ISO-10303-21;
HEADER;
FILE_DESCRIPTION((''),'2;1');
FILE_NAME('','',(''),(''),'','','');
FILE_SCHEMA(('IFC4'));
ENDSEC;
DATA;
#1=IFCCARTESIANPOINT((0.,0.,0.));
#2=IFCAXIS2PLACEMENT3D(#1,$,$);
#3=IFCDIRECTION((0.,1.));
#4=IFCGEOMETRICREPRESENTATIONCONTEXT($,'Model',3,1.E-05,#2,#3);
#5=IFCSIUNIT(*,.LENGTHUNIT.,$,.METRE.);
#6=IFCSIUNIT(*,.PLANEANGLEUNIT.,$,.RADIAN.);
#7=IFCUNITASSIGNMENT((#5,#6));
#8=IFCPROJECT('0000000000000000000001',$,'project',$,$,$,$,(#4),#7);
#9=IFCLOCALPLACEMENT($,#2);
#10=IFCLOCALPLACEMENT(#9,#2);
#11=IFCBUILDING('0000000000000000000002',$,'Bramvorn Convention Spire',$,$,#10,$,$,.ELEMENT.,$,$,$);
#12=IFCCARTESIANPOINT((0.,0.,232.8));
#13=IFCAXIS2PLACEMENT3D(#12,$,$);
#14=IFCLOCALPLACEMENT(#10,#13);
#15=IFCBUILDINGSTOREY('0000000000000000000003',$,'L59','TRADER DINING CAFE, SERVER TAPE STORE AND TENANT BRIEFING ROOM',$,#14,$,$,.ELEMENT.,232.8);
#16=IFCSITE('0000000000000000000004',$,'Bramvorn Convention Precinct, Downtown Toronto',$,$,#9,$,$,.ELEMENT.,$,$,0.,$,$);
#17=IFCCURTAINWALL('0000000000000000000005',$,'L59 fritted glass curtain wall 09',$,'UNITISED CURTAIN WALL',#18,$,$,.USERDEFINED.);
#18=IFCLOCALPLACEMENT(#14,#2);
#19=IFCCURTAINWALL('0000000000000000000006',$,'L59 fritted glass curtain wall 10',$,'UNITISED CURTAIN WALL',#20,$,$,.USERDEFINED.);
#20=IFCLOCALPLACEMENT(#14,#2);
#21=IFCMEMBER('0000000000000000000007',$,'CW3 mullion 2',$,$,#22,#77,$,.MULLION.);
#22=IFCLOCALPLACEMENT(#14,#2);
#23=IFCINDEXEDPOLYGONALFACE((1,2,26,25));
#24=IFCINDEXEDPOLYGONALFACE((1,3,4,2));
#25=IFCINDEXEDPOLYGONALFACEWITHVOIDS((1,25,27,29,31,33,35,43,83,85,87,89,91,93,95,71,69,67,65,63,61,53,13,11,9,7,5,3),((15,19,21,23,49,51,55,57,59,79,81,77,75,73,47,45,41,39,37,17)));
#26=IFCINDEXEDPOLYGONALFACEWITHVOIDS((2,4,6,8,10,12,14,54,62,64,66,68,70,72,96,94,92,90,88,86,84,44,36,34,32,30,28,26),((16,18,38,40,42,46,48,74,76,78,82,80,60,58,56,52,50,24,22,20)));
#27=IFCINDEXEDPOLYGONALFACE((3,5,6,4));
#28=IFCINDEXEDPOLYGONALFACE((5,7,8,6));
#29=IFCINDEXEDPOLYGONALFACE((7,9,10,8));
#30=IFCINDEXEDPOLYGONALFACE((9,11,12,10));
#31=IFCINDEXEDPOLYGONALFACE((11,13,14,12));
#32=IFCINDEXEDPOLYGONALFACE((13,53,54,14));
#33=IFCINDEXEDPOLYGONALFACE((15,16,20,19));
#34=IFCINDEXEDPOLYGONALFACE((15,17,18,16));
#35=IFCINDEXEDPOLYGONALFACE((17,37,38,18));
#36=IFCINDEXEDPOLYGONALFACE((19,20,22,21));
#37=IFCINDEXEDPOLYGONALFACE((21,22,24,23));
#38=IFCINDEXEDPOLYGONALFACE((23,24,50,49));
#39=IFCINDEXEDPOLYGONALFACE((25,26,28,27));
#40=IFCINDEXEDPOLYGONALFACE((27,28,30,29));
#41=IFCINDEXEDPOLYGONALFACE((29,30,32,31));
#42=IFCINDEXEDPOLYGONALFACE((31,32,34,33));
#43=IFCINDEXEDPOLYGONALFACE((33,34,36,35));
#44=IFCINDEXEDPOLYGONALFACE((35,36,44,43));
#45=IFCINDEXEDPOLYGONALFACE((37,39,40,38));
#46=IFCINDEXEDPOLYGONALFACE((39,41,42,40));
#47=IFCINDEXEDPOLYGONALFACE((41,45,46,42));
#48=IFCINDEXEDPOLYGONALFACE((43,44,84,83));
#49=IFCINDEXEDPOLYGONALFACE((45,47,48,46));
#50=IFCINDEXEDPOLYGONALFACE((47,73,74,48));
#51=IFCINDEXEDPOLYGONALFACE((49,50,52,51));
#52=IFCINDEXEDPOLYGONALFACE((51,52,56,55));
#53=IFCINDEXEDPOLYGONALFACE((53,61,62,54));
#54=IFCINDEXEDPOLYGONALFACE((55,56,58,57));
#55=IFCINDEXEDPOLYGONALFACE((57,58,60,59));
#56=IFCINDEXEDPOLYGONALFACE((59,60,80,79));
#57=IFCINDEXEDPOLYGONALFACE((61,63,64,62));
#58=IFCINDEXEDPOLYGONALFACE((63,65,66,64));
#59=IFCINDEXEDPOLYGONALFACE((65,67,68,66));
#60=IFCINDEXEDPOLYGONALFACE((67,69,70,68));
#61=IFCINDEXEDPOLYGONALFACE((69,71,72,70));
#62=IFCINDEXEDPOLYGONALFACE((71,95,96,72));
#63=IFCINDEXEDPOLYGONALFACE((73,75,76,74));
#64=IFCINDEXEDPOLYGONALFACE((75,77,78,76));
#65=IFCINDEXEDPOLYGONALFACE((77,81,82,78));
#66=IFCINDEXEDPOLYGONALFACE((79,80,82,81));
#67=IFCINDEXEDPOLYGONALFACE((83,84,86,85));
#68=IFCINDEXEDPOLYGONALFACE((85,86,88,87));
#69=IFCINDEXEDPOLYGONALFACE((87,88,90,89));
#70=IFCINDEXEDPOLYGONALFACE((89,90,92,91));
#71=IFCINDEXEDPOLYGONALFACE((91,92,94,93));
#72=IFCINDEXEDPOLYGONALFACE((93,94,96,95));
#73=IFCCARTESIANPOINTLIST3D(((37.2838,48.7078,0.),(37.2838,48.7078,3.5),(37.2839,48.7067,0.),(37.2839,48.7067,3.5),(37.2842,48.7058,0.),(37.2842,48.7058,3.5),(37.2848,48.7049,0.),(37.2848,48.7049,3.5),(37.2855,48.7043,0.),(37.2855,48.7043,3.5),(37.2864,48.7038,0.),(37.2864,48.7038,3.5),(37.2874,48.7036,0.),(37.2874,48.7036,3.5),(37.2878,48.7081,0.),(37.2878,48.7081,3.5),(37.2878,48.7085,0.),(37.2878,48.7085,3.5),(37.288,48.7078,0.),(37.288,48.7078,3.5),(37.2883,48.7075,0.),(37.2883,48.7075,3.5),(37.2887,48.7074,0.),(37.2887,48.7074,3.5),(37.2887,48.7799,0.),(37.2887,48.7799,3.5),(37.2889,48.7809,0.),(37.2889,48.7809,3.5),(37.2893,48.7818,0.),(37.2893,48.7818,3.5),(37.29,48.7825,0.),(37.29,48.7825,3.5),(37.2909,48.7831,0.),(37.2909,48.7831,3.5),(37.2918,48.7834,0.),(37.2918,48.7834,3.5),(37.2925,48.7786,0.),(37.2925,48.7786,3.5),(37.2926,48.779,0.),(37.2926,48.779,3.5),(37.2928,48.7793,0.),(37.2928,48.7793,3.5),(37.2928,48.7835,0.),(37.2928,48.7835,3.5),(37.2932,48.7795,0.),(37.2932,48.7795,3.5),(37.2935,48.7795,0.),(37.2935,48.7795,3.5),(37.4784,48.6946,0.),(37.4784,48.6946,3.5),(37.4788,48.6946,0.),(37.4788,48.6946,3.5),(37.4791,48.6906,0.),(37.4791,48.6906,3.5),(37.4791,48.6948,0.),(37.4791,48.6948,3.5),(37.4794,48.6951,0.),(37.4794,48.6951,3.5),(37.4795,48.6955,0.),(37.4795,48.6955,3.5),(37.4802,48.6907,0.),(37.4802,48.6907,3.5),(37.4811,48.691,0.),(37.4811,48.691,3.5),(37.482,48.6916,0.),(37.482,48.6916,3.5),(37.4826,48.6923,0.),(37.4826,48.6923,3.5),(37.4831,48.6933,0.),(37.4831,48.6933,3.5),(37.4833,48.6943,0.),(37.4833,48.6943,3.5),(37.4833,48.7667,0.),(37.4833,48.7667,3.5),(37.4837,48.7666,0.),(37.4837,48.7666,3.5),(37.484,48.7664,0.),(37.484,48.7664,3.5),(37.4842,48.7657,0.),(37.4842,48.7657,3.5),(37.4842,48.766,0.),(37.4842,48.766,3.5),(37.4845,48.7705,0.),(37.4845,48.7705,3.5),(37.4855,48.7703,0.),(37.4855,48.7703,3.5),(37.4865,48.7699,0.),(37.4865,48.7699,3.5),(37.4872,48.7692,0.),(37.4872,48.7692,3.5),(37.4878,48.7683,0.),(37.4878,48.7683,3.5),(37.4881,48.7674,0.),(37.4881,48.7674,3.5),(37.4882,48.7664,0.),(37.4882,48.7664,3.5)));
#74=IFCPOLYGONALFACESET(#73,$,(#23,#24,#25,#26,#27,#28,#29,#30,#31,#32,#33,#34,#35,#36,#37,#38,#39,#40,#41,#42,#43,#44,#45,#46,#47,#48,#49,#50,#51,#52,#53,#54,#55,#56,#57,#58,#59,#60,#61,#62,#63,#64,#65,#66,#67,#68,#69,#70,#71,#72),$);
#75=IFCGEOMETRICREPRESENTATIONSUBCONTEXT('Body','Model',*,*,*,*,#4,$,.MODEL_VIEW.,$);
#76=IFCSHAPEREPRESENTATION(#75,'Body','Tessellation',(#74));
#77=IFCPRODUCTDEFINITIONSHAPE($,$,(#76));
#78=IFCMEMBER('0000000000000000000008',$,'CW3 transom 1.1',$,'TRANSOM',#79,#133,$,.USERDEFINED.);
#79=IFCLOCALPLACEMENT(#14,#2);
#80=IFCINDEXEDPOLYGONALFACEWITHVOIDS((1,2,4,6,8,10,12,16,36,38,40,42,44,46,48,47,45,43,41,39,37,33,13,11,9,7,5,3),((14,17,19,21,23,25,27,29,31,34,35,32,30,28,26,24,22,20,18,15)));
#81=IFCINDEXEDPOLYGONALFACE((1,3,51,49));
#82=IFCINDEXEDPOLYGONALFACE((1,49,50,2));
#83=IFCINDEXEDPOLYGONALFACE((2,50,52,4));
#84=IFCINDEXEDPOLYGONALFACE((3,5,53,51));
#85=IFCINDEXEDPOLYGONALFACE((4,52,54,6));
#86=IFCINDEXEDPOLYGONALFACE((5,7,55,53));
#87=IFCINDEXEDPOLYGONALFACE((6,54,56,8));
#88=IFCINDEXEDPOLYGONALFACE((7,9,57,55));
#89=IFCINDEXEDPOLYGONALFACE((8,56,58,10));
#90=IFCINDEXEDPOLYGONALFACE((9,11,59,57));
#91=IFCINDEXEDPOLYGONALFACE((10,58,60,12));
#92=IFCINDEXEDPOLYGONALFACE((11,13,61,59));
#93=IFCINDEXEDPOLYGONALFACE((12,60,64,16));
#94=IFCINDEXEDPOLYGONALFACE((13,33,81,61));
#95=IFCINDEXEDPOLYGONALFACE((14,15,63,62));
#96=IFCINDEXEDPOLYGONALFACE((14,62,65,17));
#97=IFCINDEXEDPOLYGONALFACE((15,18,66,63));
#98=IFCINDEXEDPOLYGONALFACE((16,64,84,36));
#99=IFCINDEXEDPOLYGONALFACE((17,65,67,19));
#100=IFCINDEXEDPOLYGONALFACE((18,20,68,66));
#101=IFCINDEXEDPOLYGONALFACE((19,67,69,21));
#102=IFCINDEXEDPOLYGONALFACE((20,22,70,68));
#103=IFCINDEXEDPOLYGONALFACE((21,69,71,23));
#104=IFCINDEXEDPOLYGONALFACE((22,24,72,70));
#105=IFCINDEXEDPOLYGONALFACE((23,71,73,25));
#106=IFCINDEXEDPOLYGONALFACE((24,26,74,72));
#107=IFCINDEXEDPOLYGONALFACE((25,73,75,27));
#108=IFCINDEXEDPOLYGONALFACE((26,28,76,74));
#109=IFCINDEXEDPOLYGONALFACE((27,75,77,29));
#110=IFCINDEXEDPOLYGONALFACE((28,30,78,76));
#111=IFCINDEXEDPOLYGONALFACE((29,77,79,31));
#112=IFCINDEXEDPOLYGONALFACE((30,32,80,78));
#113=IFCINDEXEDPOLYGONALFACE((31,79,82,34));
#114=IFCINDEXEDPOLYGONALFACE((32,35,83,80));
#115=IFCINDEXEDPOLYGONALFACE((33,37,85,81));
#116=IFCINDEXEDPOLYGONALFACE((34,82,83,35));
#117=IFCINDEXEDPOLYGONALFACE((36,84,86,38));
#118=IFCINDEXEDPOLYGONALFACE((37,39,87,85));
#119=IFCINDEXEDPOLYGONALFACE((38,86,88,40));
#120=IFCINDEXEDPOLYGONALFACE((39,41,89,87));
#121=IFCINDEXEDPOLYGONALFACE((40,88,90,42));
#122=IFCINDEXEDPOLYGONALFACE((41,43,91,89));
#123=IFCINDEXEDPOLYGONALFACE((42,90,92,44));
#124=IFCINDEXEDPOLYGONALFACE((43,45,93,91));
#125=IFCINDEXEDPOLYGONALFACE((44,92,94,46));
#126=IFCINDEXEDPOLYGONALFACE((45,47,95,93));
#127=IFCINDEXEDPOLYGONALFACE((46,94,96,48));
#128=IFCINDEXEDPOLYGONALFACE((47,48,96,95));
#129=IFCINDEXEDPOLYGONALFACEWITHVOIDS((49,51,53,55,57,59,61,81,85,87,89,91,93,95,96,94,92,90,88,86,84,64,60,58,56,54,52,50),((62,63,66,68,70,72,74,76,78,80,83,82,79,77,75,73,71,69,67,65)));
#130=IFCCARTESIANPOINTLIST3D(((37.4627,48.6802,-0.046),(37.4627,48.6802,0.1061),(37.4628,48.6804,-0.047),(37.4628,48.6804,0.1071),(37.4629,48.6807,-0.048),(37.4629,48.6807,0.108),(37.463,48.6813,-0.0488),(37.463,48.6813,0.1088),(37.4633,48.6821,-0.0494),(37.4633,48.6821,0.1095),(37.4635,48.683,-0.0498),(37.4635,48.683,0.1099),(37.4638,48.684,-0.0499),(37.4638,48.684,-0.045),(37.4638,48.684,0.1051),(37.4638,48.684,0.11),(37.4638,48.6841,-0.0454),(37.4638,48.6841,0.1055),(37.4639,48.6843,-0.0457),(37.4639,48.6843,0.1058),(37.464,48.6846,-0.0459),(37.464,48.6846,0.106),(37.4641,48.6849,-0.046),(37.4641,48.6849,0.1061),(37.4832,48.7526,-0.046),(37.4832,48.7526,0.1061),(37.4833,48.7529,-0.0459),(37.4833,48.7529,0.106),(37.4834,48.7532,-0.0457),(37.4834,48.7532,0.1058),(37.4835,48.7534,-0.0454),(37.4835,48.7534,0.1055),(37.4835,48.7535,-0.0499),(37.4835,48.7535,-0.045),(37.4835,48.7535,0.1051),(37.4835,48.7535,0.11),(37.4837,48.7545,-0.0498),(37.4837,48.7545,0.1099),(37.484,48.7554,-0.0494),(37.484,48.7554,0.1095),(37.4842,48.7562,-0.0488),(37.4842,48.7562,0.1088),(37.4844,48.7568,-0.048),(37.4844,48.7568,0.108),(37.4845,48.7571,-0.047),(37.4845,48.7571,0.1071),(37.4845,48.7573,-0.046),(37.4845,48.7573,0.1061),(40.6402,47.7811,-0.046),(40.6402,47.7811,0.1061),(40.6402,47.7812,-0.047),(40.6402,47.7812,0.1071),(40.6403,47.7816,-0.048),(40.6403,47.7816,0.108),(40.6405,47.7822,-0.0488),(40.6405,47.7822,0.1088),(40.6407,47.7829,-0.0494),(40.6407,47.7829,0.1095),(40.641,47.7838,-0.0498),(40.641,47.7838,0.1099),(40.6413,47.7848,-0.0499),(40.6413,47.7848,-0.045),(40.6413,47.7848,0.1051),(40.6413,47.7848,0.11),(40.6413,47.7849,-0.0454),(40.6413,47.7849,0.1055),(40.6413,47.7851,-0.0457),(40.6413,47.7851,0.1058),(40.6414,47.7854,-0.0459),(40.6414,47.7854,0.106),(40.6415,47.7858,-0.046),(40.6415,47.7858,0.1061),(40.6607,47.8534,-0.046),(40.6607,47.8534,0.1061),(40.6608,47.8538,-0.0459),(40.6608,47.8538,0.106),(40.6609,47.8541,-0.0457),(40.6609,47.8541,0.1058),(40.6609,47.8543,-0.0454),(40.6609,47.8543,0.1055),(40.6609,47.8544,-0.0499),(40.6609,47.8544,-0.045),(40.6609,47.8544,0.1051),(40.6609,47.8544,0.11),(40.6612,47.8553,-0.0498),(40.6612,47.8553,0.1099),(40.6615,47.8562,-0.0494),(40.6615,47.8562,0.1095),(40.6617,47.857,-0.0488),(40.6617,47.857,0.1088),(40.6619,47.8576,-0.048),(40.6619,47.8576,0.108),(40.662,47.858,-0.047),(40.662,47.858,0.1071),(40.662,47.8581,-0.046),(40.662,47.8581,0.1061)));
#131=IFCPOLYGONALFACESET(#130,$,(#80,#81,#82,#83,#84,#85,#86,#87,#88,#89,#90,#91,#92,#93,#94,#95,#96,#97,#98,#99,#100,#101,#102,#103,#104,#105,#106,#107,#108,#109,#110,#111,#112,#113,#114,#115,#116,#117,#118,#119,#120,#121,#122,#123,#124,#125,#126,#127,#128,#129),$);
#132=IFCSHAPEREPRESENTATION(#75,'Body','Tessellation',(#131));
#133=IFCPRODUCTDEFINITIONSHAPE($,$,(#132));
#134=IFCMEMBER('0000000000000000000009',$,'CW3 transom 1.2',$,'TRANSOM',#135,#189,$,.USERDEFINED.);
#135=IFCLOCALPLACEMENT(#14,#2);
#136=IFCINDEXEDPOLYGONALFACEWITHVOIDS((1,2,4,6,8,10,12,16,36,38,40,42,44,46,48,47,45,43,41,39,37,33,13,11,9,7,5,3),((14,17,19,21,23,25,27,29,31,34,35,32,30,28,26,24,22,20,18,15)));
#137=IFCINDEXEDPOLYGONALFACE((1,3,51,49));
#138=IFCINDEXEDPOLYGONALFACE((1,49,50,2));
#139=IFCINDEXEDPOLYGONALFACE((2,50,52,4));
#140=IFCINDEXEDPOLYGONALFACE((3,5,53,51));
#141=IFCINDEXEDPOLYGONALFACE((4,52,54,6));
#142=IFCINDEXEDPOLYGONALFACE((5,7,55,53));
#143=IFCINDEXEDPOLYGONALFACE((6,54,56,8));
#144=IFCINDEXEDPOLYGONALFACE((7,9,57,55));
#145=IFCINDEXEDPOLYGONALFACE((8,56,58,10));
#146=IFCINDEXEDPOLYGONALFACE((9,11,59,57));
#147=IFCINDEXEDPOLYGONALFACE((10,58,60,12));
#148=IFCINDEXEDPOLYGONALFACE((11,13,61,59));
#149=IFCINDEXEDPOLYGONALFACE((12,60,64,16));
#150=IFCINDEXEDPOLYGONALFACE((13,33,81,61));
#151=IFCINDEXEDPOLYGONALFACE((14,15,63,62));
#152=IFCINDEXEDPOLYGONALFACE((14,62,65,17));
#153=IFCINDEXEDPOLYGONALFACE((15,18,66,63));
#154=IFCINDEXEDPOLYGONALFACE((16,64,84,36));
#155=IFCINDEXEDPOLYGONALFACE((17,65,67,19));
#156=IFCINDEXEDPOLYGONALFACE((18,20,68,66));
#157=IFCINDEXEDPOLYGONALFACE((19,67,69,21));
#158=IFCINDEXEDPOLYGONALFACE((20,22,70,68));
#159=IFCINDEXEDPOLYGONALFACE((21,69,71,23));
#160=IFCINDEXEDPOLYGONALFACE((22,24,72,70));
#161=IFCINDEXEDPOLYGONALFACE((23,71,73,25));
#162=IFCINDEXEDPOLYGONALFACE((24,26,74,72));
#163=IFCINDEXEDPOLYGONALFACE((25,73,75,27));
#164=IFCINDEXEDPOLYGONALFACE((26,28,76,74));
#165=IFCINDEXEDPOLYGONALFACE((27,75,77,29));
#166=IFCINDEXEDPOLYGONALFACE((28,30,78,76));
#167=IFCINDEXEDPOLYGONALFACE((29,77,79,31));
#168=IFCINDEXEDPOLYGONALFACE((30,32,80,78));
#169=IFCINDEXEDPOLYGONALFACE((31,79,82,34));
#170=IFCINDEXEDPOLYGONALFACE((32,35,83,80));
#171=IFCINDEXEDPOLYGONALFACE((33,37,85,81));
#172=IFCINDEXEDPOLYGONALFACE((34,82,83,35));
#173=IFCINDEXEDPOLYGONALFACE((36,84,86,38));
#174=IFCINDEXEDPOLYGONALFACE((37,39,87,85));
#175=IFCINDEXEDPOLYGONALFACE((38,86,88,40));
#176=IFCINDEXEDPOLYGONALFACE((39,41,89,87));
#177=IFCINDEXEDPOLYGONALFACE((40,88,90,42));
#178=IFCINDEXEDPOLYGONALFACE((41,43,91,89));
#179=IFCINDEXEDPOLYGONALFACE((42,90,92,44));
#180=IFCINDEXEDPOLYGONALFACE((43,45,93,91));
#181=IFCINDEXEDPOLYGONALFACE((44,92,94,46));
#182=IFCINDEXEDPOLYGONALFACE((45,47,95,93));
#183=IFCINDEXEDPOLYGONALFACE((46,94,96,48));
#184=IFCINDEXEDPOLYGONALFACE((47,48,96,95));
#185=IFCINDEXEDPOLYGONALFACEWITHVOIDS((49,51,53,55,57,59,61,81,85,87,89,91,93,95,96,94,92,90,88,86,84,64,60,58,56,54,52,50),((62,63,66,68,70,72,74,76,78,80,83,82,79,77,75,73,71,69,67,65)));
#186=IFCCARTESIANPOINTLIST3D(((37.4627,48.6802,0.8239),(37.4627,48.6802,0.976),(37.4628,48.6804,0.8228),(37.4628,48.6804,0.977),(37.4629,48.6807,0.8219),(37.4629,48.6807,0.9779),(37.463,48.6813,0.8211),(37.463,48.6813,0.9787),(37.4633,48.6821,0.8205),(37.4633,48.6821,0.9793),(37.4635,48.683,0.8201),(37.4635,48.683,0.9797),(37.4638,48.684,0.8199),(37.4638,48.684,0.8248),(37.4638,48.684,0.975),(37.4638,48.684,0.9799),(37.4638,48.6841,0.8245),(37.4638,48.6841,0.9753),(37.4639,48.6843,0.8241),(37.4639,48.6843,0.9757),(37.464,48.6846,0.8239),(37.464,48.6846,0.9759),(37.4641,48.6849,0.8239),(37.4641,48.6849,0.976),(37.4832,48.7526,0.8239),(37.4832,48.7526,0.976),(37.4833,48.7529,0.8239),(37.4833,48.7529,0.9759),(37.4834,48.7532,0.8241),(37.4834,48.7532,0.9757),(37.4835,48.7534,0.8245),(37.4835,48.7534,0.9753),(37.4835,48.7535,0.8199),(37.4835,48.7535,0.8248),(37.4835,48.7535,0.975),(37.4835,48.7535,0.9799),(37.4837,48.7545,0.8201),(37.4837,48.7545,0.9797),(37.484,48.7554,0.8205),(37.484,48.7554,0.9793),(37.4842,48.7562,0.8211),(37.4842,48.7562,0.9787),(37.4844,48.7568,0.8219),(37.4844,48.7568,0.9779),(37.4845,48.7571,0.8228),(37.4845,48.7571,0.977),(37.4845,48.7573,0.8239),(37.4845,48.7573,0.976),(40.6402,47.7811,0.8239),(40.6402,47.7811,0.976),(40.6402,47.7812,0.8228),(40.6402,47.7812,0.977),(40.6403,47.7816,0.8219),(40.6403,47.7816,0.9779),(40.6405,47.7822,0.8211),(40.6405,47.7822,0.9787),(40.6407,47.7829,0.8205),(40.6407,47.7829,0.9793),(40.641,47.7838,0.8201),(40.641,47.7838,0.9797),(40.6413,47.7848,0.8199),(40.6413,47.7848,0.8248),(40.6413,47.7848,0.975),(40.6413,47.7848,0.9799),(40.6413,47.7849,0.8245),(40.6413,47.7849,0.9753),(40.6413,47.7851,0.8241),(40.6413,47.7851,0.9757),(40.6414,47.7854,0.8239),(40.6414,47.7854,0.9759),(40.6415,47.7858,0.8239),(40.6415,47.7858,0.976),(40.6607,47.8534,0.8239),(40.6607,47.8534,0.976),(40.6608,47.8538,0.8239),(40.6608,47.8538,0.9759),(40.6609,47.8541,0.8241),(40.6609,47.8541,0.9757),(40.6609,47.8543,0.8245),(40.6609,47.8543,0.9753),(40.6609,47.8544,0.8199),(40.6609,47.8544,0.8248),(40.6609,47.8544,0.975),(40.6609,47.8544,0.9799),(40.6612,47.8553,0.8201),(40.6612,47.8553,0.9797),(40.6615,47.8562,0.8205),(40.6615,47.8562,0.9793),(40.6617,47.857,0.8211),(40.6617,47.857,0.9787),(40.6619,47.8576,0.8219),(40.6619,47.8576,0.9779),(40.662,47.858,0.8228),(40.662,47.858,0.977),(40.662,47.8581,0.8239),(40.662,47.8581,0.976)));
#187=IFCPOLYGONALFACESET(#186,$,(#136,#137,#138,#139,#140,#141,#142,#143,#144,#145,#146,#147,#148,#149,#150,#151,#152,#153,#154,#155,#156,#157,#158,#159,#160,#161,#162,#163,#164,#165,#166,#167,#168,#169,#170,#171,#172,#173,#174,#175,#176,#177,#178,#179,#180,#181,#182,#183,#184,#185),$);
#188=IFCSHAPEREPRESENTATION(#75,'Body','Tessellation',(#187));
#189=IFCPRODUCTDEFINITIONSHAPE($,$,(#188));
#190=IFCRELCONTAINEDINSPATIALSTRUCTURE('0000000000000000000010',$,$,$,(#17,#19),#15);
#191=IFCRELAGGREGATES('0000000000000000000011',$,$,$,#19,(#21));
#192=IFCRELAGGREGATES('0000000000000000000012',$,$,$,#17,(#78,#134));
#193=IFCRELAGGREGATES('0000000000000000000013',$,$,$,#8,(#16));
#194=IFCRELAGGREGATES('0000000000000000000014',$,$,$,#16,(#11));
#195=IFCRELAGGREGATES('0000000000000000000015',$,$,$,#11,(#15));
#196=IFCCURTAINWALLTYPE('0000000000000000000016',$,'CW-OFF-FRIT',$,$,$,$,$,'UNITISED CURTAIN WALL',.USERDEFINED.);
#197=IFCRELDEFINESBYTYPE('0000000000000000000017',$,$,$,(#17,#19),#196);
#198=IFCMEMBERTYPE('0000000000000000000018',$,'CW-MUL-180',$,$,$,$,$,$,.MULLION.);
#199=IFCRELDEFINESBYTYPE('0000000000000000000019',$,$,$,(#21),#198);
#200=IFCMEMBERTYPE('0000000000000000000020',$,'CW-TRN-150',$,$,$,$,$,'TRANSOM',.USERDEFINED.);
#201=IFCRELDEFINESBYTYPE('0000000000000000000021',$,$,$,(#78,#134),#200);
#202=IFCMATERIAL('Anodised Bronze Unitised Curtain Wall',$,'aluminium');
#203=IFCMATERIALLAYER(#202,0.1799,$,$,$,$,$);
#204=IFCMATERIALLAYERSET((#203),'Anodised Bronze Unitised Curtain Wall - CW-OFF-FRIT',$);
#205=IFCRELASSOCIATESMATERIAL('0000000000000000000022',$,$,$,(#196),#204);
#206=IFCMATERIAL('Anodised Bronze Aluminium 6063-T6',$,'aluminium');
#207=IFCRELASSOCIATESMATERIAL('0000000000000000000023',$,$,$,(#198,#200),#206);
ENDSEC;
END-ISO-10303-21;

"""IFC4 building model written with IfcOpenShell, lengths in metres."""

from ifc_helpers import new_model, si_unit, direction, frame, origin, origin_2d, place, context, subcontext, project, spatial, hollow_rectangle, extrude, material, layer, layer_set, material_profile, profile_set, type_object, element, aggregate, save


model = new_model("IFC4")

# Units and contexts
model_context = context("Model", 3, precision=1e-05, world=origin(), true_north=direction((0.0, 1.0)))
body_context = subcontext(model_context, "Body", "Model", "MODEL_VIEW")
ifc_project = project(units=[si_unit("LENGTHUNIT", "METRE"), si_unit("PLANEANGLEUNIT", "RADIAN")], contexts=[model_context])

# Site, building, storey
site_placement = place(None, origin())
site = spatial("IfcSite", under=ifc_project, at=site_placement, Name="Bramvorn Convention Precinct, Downtown Toronto", CompositionType="ELEMENT", RefElevation=0.0)
building_placement = place(site_placement, origin())
building = spatial("IfcBuilding", under=site, at=building_placement, Name="Bramvorn Convention Spire", CompositionType="ELEMENT")
storey_placement = place(building_placement, frame((0.0, 0.0, 232.8)))
storey = spatial("IfcBuildingStorey", under=building, at=storey_placement, Name="L59", Description="TRADER DINING CAFE, SERVER TAPE STORE AND TENANT BRIEFING ROOM", CompositionType="ELEMENT", Elevation=232.8)

# Curtain wall
ifc_material_1 = material(Name="Anodised Bronze Unitised Curtain Wall", Category="aluminium")
ifc_layer_1 = layer(ifc_material_1, 0.1799)
ifc_layer_set_1 = layer_set([ifc_layer_1], Name="Anodised Bronze Unitised Curtain Wall - CW-OFF-FRIT")
curtain_wall_type = type_object("IfcCurtainWallType", Name="CW-OFF-FRIT", ElementType="UNITISED CURTAIN WALL", PredefinedType="USERDEFINED", material=ifc_layer_set_1)
curtain_wall_1_placement = place(storey_placement, origin())
curtain_wall_1 = element("IfcCurtainWall", 1, at=curtain_wall_1_placement, inside=storey, type_object=curtain_wall_type, Name="L59 fritted glass curtain wall 09", ObjectType="UNITISED CURTAIN WALL", PredefinedType="USERDEFINED")
ifc_material_2 = material(Name="Anodised Bronze Aluminium 6063-T6", Category="aluminium")
ifc_material_profile_1 = material_profile(ifc_material_2, hollow_rectangle(XDim=0.0801, YDim=0.2, WallThickness=0.0039, InnerFilletRadius=0.001, OuterFilletRadius=0.0039, at=origin_2d()))
ifc_profile_set_1 = profile_set([ifc_material_profile_1], Name="Anodised Bronze Aluminium 6063-T6 - CWM80X200")
member_type_1 = type_object("IfcMemberType", Name="CW-MUL-180", PredefinedType="MULLION", material=ifc_profile_set_1)

# Curtain wall, member
curtain_wall_2_placement = place(storey_placement, origin())
curtain_wall_2 = element("IfcCurtainWall", 2, at=curtain_wall_2_placement, inside=storey, type_object=curtain_wall_type, Name="L59 fritted glass curtain wall 10", ObjectType="UNITISED CURTAIN WALL", PredefinedType="USERDEFINED")
member_1_placement = place(storey_placement, frame((37.386, 48.7371, 0.0), z_axis=(0.0, 0.0, 1.0), x_axis=(0.067503, 0.997719, 0.0)))
member_1 = element("IfcMember", 3, at=member_1_placement, type_object=member_type_1, Name="CW3 mullion 2", PredefinedType="MULLION", context=body_context, shape_type="SweptSolid", body=[
    extrude(hollow_rectangle(XDim=0.0801, YDim=0.2, WallThickness=0.0039, InnerFilletRadius=0.001, OuterFilletRadius=0.0039, at=origin_2d()), origin(), (0.0, 0.0, 1.0), 3.5),
])
aggregate(curtain_wall_2, [member_1])

# Members
ifc_material_profile_2 = material_profile(ifc_material_2, hollow_rectangle(XDim=0.0801, YDim=0.1599, WallThickness=0.0039, InnerFilletRadius=0.001, OuterFilletRadius=0.0039, at=origin_2d()))
ifc_profile_set_2 = profile_set([ifc_material_profile_2], Name="Anodised Bronze Aluminium 6063-T6 - CWT80X160")
member_type_2 = type_object("IfcMemberType", Name="CW-TRN-150", ElementType="TRANSOM", PredefinedType="USERDEFINED", material=ifc_profile_set_2)
member_2_placement = place(storey_placement, frame((37.4736, 48.7188, 0.03), z_axis=(0.962216, -0.272289, 0.0), x_axis=(0.272289, 0.962216, 0.0)))
member_2 = element("IfcMember", 4, at=member_2_placement, type_object=member_type_2, Name="CW3 transom 1.1", ObjectType="TRANSOM", PredefinedType="USERDEFINED", context=body_context, shape_type="SweptSolid", body=[
    extrude(hollow_rectangle(XDim=0.0801, YDim=0.1599, WallThickness=0.0039, InnerFilletRadius=0.001, OuterFilletRadius=0.0039, at=origin_2d()), origin(), (0.0, 0.0, 1.0), 3.3022),
])
member_3_placement = place(storey_placement, frame((37.4736, 48.7188, 0.8999), z_axis=(0.962216, -0.272289, 0.0), x_axis=(0.272289, 0.962216, 0.0)))
member_3 = element("IfcMember", 5, at=member_3_placement, type_object=member_type_2, Name="CW3 transom 1.2", ObjectType="TRANSOM", PredefinedType="USERDEFINED", context=body_context, shape_type="SweptSolid", body=[
    extrude(hollow_rectangle(XDim=0.0801, YDim=0.1599, WallThickness=0.0039, InnerFilletRadius=0.001, OuterFilletRadius=0.0039, at=origin_2d()), origin(), (0.0, 0.0, 1.0), 3.3022),
])

aggregate(curtain_wall_1, [member_2, member_3])

save(model, "model.ifc")
